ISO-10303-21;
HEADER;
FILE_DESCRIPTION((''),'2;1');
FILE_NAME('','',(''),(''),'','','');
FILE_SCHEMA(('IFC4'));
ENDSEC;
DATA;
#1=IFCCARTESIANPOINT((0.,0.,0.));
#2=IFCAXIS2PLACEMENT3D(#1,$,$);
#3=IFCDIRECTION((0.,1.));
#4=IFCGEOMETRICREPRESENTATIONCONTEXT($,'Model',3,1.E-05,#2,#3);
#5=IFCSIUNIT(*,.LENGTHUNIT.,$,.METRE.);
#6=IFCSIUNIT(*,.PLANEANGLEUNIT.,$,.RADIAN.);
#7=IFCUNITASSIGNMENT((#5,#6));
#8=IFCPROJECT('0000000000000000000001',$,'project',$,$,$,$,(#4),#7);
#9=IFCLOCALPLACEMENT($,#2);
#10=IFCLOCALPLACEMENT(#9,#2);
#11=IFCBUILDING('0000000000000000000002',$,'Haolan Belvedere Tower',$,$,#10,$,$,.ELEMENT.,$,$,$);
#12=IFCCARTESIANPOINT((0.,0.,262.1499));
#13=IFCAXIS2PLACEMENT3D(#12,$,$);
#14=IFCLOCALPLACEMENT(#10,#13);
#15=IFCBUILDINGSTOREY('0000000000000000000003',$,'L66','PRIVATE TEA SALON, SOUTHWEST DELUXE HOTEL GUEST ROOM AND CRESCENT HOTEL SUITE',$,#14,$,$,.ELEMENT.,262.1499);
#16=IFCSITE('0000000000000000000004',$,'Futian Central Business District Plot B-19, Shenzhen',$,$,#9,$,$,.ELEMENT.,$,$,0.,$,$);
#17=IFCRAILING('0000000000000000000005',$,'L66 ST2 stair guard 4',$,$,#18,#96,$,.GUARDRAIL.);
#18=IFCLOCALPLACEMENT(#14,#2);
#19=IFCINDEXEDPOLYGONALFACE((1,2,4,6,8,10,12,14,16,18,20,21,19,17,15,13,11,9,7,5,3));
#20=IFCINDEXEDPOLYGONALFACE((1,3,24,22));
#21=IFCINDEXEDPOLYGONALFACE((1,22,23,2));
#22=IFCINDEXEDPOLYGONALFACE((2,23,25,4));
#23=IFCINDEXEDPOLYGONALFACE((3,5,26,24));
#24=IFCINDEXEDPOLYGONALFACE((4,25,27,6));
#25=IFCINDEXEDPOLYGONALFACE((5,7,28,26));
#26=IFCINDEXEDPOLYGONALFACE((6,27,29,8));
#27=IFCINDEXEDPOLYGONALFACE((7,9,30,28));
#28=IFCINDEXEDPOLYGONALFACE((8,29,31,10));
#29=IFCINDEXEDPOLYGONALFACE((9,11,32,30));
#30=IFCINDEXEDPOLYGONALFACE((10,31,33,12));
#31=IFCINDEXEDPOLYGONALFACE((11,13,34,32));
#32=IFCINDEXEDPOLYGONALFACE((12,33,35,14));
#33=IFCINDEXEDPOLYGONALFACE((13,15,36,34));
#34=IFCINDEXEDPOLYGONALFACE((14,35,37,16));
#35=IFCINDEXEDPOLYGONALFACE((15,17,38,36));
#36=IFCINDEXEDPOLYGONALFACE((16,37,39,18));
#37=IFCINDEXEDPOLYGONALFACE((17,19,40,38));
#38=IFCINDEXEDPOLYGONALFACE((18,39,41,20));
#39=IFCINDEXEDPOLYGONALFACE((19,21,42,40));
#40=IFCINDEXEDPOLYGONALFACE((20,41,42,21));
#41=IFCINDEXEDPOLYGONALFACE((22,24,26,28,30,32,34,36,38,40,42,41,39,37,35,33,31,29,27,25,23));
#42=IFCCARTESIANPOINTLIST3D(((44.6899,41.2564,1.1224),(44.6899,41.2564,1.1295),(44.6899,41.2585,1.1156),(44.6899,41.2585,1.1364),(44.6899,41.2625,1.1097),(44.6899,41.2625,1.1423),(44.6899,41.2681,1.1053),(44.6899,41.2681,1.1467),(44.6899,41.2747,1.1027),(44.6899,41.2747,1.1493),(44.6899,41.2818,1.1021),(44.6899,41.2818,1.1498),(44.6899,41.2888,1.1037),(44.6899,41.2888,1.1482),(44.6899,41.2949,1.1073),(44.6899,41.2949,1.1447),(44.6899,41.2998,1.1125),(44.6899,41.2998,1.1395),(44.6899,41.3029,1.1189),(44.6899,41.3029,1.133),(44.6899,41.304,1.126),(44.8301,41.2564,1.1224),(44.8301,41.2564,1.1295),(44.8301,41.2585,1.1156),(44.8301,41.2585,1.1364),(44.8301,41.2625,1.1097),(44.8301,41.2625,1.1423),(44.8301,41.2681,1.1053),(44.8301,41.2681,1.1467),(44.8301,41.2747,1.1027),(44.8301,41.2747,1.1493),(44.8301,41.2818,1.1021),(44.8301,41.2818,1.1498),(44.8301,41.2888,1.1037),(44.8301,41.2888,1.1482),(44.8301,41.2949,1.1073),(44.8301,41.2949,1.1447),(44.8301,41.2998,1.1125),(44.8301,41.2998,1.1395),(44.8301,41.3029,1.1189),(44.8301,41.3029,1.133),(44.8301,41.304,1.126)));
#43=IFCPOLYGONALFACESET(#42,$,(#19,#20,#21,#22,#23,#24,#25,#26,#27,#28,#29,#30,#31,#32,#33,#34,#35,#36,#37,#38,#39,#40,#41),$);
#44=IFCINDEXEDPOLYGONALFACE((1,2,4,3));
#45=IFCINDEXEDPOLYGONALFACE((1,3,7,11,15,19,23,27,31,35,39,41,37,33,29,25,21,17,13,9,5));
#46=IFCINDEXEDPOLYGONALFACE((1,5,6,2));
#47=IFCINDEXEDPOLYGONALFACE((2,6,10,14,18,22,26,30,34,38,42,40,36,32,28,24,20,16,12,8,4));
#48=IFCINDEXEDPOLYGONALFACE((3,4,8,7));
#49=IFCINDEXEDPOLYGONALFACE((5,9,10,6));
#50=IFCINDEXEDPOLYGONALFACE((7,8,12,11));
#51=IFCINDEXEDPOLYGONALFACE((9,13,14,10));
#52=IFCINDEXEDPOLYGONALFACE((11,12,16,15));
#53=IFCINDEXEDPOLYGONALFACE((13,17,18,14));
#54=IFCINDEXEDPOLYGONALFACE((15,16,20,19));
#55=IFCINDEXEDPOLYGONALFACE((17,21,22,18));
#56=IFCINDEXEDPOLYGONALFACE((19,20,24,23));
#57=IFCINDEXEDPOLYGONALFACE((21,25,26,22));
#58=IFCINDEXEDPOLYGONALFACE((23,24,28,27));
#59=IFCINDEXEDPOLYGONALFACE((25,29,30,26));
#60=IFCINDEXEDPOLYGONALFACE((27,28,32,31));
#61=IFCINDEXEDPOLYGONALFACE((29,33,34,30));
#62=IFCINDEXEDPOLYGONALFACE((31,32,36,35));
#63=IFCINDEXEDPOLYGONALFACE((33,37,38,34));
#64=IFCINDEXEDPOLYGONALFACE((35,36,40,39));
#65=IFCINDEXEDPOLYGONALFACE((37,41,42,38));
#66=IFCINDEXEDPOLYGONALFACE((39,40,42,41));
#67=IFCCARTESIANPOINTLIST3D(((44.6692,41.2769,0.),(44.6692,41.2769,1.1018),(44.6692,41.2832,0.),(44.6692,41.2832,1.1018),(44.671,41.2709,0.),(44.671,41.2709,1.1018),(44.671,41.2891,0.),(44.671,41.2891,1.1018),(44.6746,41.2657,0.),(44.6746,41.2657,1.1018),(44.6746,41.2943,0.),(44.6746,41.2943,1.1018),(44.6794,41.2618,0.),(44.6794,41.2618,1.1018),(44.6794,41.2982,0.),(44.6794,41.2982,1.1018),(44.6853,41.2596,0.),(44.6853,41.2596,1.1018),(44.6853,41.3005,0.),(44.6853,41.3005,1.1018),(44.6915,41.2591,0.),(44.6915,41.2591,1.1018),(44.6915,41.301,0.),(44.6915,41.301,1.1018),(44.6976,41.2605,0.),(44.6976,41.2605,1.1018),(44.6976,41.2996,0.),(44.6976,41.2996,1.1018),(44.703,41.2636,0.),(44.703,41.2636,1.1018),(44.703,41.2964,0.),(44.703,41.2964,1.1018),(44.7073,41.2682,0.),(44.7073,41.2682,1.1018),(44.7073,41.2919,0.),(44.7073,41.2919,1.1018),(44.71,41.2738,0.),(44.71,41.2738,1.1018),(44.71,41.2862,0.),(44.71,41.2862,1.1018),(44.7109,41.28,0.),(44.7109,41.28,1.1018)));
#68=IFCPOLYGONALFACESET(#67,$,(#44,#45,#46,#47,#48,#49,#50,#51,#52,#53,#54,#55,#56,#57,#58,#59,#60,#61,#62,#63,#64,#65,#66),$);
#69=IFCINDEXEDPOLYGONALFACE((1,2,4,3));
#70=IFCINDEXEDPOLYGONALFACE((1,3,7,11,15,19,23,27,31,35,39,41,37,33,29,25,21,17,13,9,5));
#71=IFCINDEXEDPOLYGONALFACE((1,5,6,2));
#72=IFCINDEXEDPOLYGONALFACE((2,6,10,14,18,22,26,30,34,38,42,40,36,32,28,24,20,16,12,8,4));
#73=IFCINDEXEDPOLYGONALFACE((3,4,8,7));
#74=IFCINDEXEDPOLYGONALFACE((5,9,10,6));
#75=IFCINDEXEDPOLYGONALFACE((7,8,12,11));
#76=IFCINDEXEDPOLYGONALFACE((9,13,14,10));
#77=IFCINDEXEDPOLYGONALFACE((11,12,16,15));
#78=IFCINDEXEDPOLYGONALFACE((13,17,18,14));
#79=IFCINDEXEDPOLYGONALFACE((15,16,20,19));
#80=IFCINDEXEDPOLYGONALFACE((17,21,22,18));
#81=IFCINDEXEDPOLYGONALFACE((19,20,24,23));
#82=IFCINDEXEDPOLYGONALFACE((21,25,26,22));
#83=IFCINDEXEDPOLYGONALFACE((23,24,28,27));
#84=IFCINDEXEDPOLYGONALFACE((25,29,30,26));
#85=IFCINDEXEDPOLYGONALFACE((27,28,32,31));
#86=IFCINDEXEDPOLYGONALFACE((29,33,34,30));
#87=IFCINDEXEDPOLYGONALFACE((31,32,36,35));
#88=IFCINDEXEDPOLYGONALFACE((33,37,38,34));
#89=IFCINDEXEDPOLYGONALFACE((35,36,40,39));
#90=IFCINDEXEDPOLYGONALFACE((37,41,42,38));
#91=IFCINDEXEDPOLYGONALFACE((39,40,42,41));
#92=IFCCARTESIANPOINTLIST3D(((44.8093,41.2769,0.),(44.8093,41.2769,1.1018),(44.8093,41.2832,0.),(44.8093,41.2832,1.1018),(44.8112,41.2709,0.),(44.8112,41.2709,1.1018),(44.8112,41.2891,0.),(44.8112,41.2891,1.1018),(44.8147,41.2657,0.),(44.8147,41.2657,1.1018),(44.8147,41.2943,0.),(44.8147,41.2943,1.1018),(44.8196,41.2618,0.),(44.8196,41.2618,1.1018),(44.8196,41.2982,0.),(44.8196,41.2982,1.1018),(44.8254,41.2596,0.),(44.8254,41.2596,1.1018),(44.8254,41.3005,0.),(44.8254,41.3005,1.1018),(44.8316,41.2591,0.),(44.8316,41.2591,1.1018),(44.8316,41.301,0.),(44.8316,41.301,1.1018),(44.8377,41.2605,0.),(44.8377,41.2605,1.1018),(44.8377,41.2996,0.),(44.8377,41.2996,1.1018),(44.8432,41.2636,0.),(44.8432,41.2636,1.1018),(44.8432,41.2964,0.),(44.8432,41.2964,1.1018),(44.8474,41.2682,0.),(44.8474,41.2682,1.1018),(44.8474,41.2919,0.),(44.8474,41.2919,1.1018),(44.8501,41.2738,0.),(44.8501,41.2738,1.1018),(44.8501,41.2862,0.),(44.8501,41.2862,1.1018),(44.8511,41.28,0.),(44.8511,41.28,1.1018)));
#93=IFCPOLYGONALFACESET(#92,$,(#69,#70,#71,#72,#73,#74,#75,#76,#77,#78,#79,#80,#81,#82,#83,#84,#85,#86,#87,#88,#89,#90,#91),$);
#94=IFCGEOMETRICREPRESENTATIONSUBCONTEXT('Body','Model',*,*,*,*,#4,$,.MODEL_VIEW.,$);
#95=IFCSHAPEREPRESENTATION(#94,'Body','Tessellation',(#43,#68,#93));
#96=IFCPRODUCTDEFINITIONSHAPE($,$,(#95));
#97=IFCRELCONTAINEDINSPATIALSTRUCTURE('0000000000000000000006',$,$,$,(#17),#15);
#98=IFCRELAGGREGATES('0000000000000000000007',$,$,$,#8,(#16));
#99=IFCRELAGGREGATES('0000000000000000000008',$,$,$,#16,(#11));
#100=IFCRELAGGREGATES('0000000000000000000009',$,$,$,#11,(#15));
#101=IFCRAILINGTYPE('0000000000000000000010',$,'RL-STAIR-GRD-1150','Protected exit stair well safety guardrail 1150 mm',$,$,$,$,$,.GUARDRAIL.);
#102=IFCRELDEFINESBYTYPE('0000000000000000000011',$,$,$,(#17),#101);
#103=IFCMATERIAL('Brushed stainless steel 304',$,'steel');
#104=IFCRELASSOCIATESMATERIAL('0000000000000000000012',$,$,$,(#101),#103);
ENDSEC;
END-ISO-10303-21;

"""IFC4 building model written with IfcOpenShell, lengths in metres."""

from ifc_helpers import new_model, si_unit, direction, frame, origin, origin_2d, place, context, subcontext, project, spatial, circle, extrude, material, type_object, element, save


model = new_model("IFC4")

# Units and contexts
model_context = context("Model", 3, precision=1e-05, world=origin(), true_north=direction((0.0, 1.0)))
body_context = subcontext(model_context, "Body", "Model", "MODEL_VIEW")
ifc_project = project(units=[si_unit("LENGTHUNIT", "METRE"), si_unit("PLANEANGLEUNIT", "RADIAN")], contexts=[model_context])

# Site, building, storey
site_placement = place(None, origin())
site = spatial("IfcSite", under=ifc_project, at=site_placement, Name="Futian Central Business District Plot B-19, Shenzhen", CompositionType="ELEMENT", RefElevation=0.0)
building_placement = place(site_placement, origin())
building = spatial("IfcBuilding", under=site, at=building_placement, Name="Haolan Belvedere Tower", CompositionType="ELEMENT")
storey_placement = place(building_placement, frame((0.0, 0.0, 262.1499)))
storey = spatial("IfcBuildingStorey", under=building, at=storey_placement, Name="L66", Description="PRIVATE TEA SALON, SOUTHWEST DELUXE HOTEL GUEST ROOM AND CRESCENT HOTEL SUITE", CompositionType="ELEMENT", Elevation=262.1499)

# Railing
ifc_material_1 = material(Name="Brushed stainless steel 304", Category="steel")
railing_type_1 = type_object("IfcRailingType", Name="RL-STAIR-GRD-1150", Description="Protected exit stair well safety guardrail 1150 mm", PredefinedType="GUARDRAIL", material=ifc_material_1)
railing_1_placement = place(storey_placement, frame((44.6899, 41.28, 0.0)))
element("IfcRailing", 1, at=railing_1_placement, inside=storey, type_object=railing_type_1, Name="L66 ST2 stair guard 4", PredefinedType="GUARDRAIL", context=body_context, shape_type="SweptSolid", body=[
    extrude(circle(Radius=0.0239, at=origin_2d()), frame((0.0, 0.0, 1.126), z_axis=(1.0, 0.0, 0.0), x_axis=(0.0, 1.0, 0.0)), (0.0, 0.0, 1.0), 0.1401),
    extrude(circle(Radius=0.021, at=origin_2d()), origin(), (0.0, 0.0, 1.0), 1.1018),
    extrude(circle(Radius=0.021, at=origin_2d()), frame((0.1401, 0.0, 0.0)), (0.0, 0.0, 1.0), 1.1018),
])

save(model, "model.ifc")
